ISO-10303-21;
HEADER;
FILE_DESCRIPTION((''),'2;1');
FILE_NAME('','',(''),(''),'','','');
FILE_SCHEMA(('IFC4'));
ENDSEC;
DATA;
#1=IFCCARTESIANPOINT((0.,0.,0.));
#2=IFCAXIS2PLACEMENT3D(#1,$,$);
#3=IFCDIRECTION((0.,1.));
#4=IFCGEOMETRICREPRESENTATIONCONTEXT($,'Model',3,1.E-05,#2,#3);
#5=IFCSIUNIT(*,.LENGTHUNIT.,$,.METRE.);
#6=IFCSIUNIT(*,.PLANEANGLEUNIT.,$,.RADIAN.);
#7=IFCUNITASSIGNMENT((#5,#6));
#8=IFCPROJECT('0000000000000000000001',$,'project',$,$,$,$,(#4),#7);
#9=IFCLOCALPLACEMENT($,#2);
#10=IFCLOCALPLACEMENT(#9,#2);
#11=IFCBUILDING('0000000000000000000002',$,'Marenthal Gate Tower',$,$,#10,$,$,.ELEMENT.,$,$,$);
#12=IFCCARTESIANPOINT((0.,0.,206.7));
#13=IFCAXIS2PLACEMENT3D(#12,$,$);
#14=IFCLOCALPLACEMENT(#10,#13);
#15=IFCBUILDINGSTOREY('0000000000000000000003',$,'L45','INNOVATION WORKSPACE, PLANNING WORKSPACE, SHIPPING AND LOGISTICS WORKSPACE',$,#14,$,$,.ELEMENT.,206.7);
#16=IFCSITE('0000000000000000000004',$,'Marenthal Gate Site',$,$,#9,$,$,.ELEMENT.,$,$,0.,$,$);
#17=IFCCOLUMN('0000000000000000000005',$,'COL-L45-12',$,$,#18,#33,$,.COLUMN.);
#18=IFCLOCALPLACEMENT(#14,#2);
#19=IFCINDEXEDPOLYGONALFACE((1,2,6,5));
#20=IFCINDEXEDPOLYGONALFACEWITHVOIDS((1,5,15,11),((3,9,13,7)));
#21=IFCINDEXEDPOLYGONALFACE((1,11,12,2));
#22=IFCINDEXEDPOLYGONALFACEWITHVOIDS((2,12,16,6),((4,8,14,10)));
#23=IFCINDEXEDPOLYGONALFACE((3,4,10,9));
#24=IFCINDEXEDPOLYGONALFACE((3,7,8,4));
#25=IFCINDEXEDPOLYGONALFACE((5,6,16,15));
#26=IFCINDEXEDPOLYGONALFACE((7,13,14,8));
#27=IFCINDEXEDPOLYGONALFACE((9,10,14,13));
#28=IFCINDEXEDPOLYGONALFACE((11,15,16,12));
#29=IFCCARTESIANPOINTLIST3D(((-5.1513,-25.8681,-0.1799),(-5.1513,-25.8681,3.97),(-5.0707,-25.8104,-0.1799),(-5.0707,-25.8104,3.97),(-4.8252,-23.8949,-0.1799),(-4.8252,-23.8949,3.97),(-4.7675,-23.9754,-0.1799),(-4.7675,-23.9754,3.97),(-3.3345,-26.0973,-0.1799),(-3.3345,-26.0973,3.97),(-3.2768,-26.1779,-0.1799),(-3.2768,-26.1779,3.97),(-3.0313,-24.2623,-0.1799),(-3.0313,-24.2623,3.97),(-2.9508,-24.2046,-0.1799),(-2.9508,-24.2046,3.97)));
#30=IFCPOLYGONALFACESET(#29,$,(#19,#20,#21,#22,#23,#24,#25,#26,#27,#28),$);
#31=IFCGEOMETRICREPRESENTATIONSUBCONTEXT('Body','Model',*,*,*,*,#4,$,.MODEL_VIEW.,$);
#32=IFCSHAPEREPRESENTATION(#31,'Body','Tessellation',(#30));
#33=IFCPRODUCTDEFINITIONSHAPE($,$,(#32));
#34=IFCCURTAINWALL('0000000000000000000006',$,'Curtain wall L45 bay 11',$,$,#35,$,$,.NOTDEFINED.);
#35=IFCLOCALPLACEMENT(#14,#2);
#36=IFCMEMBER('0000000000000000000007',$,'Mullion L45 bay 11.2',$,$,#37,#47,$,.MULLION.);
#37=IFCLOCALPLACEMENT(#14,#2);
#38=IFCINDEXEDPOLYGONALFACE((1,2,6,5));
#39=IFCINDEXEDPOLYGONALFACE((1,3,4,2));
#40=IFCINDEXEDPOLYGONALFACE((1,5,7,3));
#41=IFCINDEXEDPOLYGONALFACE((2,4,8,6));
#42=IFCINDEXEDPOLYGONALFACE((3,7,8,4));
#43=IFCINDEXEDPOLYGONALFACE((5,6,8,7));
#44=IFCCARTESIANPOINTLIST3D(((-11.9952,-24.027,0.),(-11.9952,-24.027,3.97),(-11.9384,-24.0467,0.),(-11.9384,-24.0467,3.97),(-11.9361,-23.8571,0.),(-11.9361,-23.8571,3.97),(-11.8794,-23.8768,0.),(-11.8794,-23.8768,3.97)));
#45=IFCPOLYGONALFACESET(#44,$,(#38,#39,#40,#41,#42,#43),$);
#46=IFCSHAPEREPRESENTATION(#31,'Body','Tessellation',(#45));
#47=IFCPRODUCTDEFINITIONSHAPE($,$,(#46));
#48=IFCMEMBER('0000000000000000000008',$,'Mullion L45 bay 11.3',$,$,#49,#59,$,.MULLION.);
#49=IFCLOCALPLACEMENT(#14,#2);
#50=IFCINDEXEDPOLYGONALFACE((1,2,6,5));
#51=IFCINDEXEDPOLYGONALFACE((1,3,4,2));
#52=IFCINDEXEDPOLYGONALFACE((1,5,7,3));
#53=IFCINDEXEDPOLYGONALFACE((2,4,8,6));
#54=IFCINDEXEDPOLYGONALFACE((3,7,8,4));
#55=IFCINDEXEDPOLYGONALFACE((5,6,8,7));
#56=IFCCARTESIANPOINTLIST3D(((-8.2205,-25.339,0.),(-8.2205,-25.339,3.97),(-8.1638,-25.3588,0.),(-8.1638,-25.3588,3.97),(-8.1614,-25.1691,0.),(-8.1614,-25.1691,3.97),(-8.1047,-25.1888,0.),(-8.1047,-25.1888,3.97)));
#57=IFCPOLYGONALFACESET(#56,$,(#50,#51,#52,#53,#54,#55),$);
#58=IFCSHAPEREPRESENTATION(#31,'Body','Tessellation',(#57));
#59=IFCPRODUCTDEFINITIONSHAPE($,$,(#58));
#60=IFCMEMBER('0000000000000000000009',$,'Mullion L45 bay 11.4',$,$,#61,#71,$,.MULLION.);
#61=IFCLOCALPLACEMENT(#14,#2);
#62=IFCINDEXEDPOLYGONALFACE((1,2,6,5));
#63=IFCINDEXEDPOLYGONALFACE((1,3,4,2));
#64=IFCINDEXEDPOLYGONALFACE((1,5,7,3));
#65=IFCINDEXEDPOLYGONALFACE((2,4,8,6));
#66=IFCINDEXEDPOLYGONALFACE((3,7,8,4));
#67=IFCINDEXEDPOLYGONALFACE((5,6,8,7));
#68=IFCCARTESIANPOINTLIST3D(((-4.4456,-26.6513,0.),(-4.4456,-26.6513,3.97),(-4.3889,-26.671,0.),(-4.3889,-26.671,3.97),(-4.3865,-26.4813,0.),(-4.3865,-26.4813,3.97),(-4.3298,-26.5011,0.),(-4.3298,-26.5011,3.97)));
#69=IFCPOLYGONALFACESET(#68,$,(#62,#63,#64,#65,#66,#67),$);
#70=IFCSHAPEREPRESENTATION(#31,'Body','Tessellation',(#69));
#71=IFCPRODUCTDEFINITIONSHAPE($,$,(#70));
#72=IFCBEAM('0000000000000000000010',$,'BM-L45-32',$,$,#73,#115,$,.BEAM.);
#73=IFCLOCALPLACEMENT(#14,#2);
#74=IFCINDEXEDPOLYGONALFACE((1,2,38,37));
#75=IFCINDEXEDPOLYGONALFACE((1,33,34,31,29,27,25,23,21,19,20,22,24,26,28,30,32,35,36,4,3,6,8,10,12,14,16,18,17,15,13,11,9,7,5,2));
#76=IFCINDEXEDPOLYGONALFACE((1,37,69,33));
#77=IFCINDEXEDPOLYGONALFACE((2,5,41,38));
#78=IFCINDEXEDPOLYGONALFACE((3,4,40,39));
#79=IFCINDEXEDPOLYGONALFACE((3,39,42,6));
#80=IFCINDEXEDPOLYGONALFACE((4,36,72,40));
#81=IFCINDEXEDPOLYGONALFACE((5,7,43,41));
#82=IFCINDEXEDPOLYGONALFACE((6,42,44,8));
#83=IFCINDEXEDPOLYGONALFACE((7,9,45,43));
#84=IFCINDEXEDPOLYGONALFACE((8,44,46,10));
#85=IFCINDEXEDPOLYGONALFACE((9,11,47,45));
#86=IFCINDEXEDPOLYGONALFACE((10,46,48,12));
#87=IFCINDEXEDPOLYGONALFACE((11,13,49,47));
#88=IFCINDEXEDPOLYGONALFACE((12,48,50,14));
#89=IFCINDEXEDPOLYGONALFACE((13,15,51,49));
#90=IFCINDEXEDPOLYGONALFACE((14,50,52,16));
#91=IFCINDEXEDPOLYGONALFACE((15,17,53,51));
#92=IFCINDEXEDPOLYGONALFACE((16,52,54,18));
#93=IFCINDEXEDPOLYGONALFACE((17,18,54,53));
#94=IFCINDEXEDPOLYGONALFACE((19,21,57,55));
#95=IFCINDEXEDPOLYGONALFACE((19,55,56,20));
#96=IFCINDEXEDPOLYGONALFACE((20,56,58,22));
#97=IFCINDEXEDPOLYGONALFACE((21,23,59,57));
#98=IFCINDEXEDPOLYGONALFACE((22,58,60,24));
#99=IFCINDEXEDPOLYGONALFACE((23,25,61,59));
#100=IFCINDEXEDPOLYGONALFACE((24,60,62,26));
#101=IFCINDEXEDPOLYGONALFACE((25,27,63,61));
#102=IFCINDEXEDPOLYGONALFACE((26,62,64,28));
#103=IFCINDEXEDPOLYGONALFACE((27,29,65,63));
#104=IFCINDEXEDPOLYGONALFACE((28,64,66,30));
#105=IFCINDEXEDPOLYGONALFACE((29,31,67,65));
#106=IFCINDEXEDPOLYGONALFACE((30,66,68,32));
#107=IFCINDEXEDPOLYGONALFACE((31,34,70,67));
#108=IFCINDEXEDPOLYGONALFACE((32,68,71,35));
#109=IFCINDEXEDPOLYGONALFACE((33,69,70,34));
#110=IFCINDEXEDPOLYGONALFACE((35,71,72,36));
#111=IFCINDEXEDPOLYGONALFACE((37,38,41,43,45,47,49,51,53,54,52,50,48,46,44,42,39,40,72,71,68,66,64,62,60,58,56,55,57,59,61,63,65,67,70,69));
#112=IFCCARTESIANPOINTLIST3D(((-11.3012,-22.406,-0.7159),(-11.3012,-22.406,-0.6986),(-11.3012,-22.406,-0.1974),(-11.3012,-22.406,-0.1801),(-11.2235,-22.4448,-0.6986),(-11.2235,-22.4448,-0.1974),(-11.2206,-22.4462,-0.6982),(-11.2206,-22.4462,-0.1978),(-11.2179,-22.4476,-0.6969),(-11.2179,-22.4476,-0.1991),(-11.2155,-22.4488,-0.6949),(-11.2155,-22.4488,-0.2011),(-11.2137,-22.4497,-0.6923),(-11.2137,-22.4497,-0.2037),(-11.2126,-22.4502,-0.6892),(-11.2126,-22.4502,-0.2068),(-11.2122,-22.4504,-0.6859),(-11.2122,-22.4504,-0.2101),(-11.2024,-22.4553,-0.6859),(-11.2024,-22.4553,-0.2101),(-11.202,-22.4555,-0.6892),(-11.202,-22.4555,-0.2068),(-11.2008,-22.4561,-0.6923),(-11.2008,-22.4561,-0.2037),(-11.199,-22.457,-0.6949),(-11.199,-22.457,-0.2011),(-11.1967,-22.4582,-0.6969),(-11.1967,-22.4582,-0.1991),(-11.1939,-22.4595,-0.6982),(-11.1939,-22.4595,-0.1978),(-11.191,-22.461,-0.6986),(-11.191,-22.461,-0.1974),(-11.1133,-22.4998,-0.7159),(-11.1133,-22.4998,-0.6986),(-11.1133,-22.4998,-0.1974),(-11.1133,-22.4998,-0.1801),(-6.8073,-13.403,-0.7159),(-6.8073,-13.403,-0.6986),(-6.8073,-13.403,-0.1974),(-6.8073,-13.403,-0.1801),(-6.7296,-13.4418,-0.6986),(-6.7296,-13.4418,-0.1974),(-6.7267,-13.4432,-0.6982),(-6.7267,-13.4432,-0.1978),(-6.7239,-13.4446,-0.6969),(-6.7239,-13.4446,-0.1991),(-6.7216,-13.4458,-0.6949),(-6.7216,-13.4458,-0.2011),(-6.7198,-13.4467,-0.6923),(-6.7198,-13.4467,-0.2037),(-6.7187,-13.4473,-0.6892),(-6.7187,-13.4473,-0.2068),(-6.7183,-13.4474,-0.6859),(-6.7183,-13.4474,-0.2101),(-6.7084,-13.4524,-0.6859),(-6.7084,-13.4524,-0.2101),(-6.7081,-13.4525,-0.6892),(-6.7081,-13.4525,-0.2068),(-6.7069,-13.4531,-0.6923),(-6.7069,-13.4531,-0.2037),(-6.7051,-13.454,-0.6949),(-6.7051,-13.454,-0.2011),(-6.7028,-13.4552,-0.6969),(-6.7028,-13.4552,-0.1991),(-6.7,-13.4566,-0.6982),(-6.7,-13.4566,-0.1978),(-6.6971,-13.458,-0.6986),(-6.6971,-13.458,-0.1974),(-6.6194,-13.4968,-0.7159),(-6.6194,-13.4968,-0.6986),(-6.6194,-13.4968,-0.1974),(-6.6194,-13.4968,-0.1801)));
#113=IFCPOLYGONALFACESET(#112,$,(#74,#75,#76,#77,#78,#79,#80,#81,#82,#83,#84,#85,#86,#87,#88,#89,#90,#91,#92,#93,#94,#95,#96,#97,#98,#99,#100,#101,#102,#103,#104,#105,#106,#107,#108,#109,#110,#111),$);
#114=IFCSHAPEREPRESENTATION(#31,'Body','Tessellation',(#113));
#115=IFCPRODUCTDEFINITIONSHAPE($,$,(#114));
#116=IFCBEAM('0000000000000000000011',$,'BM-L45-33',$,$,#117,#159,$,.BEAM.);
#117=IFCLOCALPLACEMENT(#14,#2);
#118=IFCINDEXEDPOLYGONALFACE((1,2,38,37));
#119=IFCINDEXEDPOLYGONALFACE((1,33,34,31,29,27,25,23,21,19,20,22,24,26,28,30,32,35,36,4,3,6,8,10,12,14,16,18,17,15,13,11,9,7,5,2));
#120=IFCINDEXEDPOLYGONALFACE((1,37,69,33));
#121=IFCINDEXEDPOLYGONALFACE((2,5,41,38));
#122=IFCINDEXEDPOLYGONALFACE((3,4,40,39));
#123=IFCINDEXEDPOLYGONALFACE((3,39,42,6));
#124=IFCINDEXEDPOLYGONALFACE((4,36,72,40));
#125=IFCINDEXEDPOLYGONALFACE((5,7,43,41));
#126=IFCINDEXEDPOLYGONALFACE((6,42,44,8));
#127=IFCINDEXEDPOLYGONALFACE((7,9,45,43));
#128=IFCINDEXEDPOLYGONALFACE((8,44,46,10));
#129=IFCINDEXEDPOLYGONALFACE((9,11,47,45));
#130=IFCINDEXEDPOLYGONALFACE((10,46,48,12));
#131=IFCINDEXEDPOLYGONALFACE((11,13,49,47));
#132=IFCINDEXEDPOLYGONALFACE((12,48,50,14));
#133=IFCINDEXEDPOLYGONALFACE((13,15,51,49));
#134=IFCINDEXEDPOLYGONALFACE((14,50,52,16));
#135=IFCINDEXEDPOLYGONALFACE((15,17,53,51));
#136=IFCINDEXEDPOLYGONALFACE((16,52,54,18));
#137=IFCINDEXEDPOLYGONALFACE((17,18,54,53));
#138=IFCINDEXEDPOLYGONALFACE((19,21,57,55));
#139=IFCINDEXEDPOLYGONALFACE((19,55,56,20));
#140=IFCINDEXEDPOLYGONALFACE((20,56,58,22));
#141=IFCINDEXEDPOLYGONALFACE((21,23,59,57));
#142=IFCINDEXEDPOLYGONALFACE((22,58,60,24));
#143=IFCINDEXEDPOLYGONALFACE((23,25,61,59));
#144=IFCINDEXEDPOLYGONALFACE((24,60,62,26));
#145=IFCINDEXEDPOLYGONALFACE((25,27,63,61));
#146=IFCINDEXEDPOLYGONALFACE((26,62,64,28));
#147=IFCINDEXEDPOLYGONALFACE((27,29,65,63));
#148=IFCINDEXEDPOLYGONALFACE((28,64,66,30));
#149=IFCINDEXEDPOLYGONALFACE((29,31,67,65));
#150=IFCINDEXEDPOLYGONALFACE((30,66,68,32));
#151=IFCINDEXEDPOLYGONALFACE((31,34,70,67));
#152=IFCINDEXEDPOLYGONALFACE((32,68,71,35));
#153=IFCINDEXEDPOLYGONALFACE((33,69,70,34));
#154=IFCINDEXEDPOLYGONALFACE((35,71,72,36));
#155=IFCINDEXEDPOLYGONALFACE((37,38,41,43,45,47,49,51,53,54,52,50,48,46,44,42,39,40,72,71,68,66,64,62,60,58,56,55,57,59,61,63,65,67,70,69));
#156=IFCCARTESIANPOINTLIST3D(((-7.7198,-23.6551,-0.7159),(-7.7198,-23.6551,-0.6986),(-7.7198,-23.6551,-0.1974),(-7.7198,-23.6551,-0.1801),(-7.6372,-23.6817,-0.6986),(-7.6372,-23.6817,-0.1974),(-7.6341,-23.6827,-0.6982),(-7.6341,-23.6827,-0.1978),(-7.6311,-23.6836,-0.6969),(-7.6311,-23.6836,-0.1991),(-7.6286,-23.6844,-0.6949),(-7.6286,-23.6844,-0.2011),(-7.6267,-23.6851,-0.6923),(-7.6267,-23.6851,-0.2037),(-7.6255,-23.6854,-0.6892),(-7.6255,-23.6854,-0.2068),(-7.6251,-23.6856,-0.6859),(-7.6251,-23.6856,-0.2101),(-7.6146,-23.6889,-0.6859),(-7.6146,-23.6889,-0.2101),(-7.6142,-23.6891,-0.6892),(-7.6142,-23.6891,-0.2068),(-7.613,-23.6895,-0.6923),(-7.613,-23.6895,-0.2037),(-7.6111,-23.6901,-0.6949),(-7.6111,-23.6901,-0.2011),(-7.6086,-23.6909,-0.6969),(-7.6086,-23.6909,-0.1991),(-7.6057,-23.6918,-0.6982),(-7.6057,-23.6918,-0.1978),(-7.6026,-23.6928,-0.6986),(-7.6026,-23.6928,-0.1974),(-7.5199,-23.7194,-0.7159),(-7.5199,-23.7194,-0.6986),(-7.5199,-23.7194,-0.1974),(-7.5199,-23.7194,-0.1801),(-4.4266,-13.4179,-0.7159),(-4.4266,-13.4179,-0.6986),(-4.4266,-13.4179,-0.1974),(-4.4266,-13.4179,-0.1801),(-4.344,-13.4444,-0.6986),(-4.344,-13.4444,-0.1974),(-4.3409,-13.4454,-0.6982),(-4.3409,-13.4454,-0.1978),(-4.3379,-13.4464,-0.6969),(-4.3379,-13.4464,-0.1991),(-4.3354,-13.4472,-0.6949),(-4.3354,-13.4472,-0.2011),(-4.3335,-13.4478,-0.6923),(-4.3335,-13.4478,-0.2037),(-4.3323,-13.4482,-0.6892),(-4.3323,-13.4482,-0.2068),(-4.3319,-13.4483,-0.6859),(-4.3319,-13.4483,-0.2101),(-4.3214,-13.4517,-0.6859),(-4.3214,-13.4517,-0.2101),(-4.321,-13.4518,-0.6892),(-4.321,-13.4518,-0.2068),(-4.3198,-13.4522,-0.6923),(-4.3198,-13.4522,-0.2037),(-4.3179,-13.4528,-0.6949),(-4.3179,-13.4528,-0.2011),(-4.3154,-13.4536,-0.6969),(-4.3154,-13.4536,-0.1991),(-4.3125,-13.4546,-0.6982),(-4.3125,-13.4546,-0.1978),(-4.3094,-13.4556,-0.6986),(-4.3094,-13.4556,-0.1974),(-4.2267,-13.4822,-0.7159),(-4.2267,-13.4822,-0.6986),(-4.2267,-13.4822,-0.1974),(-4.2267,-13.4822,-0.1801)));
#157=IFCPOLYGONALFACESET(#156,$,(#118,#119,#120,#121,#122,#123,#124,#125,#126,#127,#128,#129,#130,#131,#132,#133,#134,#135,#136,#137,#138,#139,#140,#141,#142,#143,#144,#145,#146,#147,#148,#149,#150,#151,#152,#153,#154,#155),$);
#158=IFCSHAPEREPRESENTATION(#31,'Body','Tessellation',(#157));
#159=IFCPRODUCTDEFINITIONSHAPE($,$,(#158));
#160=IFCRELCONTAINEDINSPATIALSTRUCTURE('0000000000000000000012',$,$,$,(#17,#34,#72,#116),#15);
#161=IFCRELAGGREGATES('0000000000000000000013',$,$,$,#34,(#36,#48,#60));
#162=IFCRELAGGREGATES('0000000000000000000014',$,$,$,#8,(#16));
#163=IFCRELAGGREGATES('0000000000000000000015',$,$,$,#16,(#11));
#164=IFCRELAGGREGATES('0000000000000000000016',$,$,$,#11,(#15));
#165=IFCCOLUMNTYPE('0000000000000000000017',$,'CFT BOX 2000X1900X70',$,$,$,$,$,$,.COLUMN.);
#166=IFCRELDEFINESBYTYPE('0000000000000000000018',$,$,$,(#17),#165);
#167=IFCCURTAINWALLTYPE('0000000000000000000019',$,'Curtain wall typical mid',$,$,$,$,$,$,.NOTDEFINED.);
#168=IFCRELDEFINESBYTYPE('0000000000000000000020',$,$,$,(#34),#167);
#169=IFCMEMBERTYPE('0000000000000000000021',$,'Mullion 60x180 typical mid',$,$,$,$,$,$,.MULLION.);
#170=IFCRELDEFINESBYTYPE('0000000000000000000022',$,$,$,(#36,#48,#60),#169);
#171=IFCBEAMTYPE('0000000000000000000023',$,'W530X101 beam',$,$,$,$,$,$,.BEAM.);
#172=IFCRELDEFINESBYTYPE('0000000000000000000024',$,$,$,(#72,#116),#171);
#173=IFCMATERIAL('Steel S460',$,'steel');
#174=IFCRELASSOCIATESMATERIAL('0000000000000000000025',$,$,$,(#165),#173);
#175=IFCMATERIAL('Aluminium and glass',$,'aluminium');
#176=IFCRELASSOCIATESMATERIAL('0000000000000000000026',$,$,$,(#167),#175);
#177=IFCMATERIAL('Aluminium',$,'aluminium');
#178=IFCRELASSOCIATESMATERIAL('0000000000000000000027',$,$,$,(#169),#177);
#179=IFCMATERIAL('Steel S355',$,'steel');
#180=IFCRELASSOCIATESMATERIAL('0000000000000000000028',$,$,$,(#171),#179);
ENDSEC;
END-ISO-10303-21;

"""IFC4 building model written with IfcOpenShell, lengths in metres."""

from ifc_helpers import new_model, si_unit, direction, frame, origin, origin_2d, place, context, subcontext, project, spatial, rectangle, hollow_rectangle, i_section, extrude, material, material_profile, profile_set, type_object, element, aggregate, save


model = new_model("IFC4")

# Units and contexts
model_context = context("Model", 3, precision=1e-05, world=origin(), true_north=direction((0.0, 1.0)))
body_context = subcontext(model_context, "Body", "Model", "MODEL_VIEW")
ifc_project = project(units=[si_unit("LENGTHUNIT", "METRE"), si_unit("PLANEANGLEUNIT", "RADIAN")], contexts=[model_context])

# Site, building, storey
site_placement = place(None, origin())
site = spatial("IfcSite", under=ifc_project, at=site_placement, Name="Marenthal Gate Site", CompositionType="ELEMENT", RefElevation=0.0)
building_placement = place(site_placement, origin())
building = spatial("IfcBuilding", under=site, at=building_placement, Name="Marenthal Gate Tower", CompositionType="ELEMENT")
storey_placement = place(building_placement, frame((0.0, 0.0, 206.7)))
storey = spatial("IfcBuildingStorey", under=building, at=storey_placement, Name="L45", Description="INNOVATION WORKSPACE, PLANNING WORKSPACE, SHIPPING AND LOGISTICS WORKSPACE", CompositionType="ELEMENT", Elevation=206.7)

# Column
ifc_material_1 = material(Name="Steel S460", Category="steel")
ifc_material_profile_1 = material_profile(ifc_material_1, hollow_rectangle(XDim=1.8999, YDim=2.0, WallThickness=0.0701, at=origin_2d()), Name="CFT BOX 2000X1900X70")
ifc_material_2 = material(Name="Concrete 70 MPa", Category="concrete")
ifc_material_profile_2 = material_profile(ifc_material_2, rectangle(XDim=1.76, YDim=1.8601, at=origin_2d()), Name="CFT BOX 2000X1900X70 INFILL")
ifc_profile_set_1 = profile_set([ifc_material_profile_1, ifc_material_profile_2], Name="Steel S460 shell, Concrete 70 MPa infill")
column_type = type_object("IfcColumnType", Name="CFT BOX 2000X1900X70", PredefinedType="COLUMN", material=ifc_profile_set_1)
column_placement = place(storey_placement, frame((-4.051, -25.0364, -0.1799), z_axis=(0.0, 0.0, 1.0), x_axis=(-0.986621, 0.16303, 0.0)))
element("IfcColumn", 1, at=column_placement, inside=storey, type_object=column_type, Name="COL-L45-12", PredefinedType="COLUMN", context=body_context, shape_type="SweptSolid", body=[
    extrude(hollow_rectangle(XDim=1.8999, YDim=2.0, WallThickness=0.0701, at=origin_2d()), origin(), (0.0, 0.0, 1.0), 4.1499),
])

# Curtain wall, members
ifc_material_3 = material(Name="Aluminium and glass", Category="aluminium")
curtain_wall_type = type_object("IfcCurtainWallType", Name="Curtain wall typical mid", PredefinedType="NOTDEFINED", material=ifc_material_3)
curtain_wall_placement = place(storey_placement, origin())
curtain_wall = element("IfcCurtainWall", 2, at=curtain_wall_placement, inside=storey, type_object=curtain_wall_type, Name="Curtain wall L45 bay 11", PredefinedType="NOTDEFINED")
ifc_material_4 = material(Name="Aluminium", Category="aluminium")
ifc_material_profile_3 = material_profile(ifc_material_4, rectangle(XDim=0.1799, YDim=0.0601, at=origin_2d()), Name="60x180 aluminium mullion")
ifc_profile_set_2 = profile_set([ifc_material_profile_3], Name="Aluminium")
member_type = type_object("IfcMemberType", Name="Mullion 60x180 typical mid", PredefinedType="MULLION", material=ifc_profile_set_2)
member_1_placement = place(storey_placement, frame((-11.9373, -23.9519, 0.0), z_axis=(0.0, 0.0, 1.0), x_axis=(0.328332, 0.944562, 0.0)))
member_1 = element("IfcMember", 3, at=member_1_placement, type_object=member_type, Name="Mullion L45 bay 11.2", PredefinedType="MULLION", context=body_context, shape_type="SweptSolid", body=[
    extrude(rectangle(XDim=0.1799, YDim=0.0601, at=origin_2d()), origin(), (0.0, 0.0, 1.0), 3.97),
])
member_2_placement = place(storey_placement, frame((-8.1626, -25.2639, 0.0), z_axis=(0.0, 0.0, 1.0), x_axis=(0.328332, 0.944562, 0.0)))
member_2 = element("IfcMember", 4, at=member_2_placement, type_object=member_type, Name="Mullion L45 bay 11.3", PredefinedType="MULLION", context=body_context, shape_type="SweptSolid", body=[
    extrude(rectangle(XDim=0.1799, YDim=0.0601, at=origin_2d()), origin(), (0.0, 0.0, 1.0), 3.97),
])
member_3_placement = place(storey_placement, frame((-4.3877, -26.5762, 0.0), z_axis=(0.0, 0.0, 1.0), x_axis=(0.328332, 0.944562, 0.0)))
member_3 = element("IfcMember", 5, at=member_3_placement, type_object=member_type, Name="Mullion L45 bay 11.4", PredefinedType="MULLION", context=body_context, shape_type="SweptSolid", body=[
    extrude(rectangle(XDim=0.1799, YDim=0.0601, at=origin_2d()), origin(), (0.0, 0.0, 1.0), 3.97),
])

# Beams
ifc_material_5 = material(Name="Steel S355", Category="steel")
ifc_material_profile_4 = material_profile(ifc_material_5, i_section(OverallWidth=0.21, OverallDepth=0.5359, WebThickness=0.011, FlangeThickness=0.0173, FilletRadius=0.0127, at=origin_2d()), Name="W530X101")
ifc_profile_set_3 = profile_set([ifc_material_profile_4], Name="Steel S355")
beam_type_1 = type_object("IfcBeamType", Name="W530X101 beam", PredefinedType="BEAM", material=ifc_profile_set_3)
beam_1_placement = place(storey_placement, frame((-11.2073, -22.4529, -0.448), z_axis=(0.446612, 0.894728, 0.0), x_axis=(-0.894728, 0.446612, 0.0)))
element("IfcBeam", 6, at=beam_1_placement, inside=storey, type_object=beam_type_1, Name="BM-L45-32", PredefinedType="BEAM", context=body_context, shape_type="SweptSolid", body=[
    extrude(i_section(OverallWidth=0.21, OverallDepth=0.5359, WebThickness=0.011, FlangeThickness=0.0173, FilletRadius=0.0127, at=origin_2d()), origin(), (0.0, 0.0, 1.0), 10.0623),
])
beam_2_placement = place(storey_placement, frame((-7.6199, -23.6873, -0.448), z_axis=(0.306233, 0.951957, 0.0), x_axis=(-0.951957, 0.306233, 0.0)))
element("IfcBeam", 7, at=beam_2_placement, inside=storey, type_object=beam_type_1, Name="BM-L45-33", PredefinedType="BEAM", context=body_context, shape_type="SweptSolid", body=[
    extrude(i_section(OverallWidth=0.21, OverallDepth=0.5359, WebThickness=0.011, FlangeThickness=0.0173, FilletRadius=0.0127, at=origin_2d()), origin(), (0.0, 0.0, 1.0), 10.7539),
])

aggregate(curtain_wall, [member_1, member_2, member_3])

save(model, "model.ifc")
